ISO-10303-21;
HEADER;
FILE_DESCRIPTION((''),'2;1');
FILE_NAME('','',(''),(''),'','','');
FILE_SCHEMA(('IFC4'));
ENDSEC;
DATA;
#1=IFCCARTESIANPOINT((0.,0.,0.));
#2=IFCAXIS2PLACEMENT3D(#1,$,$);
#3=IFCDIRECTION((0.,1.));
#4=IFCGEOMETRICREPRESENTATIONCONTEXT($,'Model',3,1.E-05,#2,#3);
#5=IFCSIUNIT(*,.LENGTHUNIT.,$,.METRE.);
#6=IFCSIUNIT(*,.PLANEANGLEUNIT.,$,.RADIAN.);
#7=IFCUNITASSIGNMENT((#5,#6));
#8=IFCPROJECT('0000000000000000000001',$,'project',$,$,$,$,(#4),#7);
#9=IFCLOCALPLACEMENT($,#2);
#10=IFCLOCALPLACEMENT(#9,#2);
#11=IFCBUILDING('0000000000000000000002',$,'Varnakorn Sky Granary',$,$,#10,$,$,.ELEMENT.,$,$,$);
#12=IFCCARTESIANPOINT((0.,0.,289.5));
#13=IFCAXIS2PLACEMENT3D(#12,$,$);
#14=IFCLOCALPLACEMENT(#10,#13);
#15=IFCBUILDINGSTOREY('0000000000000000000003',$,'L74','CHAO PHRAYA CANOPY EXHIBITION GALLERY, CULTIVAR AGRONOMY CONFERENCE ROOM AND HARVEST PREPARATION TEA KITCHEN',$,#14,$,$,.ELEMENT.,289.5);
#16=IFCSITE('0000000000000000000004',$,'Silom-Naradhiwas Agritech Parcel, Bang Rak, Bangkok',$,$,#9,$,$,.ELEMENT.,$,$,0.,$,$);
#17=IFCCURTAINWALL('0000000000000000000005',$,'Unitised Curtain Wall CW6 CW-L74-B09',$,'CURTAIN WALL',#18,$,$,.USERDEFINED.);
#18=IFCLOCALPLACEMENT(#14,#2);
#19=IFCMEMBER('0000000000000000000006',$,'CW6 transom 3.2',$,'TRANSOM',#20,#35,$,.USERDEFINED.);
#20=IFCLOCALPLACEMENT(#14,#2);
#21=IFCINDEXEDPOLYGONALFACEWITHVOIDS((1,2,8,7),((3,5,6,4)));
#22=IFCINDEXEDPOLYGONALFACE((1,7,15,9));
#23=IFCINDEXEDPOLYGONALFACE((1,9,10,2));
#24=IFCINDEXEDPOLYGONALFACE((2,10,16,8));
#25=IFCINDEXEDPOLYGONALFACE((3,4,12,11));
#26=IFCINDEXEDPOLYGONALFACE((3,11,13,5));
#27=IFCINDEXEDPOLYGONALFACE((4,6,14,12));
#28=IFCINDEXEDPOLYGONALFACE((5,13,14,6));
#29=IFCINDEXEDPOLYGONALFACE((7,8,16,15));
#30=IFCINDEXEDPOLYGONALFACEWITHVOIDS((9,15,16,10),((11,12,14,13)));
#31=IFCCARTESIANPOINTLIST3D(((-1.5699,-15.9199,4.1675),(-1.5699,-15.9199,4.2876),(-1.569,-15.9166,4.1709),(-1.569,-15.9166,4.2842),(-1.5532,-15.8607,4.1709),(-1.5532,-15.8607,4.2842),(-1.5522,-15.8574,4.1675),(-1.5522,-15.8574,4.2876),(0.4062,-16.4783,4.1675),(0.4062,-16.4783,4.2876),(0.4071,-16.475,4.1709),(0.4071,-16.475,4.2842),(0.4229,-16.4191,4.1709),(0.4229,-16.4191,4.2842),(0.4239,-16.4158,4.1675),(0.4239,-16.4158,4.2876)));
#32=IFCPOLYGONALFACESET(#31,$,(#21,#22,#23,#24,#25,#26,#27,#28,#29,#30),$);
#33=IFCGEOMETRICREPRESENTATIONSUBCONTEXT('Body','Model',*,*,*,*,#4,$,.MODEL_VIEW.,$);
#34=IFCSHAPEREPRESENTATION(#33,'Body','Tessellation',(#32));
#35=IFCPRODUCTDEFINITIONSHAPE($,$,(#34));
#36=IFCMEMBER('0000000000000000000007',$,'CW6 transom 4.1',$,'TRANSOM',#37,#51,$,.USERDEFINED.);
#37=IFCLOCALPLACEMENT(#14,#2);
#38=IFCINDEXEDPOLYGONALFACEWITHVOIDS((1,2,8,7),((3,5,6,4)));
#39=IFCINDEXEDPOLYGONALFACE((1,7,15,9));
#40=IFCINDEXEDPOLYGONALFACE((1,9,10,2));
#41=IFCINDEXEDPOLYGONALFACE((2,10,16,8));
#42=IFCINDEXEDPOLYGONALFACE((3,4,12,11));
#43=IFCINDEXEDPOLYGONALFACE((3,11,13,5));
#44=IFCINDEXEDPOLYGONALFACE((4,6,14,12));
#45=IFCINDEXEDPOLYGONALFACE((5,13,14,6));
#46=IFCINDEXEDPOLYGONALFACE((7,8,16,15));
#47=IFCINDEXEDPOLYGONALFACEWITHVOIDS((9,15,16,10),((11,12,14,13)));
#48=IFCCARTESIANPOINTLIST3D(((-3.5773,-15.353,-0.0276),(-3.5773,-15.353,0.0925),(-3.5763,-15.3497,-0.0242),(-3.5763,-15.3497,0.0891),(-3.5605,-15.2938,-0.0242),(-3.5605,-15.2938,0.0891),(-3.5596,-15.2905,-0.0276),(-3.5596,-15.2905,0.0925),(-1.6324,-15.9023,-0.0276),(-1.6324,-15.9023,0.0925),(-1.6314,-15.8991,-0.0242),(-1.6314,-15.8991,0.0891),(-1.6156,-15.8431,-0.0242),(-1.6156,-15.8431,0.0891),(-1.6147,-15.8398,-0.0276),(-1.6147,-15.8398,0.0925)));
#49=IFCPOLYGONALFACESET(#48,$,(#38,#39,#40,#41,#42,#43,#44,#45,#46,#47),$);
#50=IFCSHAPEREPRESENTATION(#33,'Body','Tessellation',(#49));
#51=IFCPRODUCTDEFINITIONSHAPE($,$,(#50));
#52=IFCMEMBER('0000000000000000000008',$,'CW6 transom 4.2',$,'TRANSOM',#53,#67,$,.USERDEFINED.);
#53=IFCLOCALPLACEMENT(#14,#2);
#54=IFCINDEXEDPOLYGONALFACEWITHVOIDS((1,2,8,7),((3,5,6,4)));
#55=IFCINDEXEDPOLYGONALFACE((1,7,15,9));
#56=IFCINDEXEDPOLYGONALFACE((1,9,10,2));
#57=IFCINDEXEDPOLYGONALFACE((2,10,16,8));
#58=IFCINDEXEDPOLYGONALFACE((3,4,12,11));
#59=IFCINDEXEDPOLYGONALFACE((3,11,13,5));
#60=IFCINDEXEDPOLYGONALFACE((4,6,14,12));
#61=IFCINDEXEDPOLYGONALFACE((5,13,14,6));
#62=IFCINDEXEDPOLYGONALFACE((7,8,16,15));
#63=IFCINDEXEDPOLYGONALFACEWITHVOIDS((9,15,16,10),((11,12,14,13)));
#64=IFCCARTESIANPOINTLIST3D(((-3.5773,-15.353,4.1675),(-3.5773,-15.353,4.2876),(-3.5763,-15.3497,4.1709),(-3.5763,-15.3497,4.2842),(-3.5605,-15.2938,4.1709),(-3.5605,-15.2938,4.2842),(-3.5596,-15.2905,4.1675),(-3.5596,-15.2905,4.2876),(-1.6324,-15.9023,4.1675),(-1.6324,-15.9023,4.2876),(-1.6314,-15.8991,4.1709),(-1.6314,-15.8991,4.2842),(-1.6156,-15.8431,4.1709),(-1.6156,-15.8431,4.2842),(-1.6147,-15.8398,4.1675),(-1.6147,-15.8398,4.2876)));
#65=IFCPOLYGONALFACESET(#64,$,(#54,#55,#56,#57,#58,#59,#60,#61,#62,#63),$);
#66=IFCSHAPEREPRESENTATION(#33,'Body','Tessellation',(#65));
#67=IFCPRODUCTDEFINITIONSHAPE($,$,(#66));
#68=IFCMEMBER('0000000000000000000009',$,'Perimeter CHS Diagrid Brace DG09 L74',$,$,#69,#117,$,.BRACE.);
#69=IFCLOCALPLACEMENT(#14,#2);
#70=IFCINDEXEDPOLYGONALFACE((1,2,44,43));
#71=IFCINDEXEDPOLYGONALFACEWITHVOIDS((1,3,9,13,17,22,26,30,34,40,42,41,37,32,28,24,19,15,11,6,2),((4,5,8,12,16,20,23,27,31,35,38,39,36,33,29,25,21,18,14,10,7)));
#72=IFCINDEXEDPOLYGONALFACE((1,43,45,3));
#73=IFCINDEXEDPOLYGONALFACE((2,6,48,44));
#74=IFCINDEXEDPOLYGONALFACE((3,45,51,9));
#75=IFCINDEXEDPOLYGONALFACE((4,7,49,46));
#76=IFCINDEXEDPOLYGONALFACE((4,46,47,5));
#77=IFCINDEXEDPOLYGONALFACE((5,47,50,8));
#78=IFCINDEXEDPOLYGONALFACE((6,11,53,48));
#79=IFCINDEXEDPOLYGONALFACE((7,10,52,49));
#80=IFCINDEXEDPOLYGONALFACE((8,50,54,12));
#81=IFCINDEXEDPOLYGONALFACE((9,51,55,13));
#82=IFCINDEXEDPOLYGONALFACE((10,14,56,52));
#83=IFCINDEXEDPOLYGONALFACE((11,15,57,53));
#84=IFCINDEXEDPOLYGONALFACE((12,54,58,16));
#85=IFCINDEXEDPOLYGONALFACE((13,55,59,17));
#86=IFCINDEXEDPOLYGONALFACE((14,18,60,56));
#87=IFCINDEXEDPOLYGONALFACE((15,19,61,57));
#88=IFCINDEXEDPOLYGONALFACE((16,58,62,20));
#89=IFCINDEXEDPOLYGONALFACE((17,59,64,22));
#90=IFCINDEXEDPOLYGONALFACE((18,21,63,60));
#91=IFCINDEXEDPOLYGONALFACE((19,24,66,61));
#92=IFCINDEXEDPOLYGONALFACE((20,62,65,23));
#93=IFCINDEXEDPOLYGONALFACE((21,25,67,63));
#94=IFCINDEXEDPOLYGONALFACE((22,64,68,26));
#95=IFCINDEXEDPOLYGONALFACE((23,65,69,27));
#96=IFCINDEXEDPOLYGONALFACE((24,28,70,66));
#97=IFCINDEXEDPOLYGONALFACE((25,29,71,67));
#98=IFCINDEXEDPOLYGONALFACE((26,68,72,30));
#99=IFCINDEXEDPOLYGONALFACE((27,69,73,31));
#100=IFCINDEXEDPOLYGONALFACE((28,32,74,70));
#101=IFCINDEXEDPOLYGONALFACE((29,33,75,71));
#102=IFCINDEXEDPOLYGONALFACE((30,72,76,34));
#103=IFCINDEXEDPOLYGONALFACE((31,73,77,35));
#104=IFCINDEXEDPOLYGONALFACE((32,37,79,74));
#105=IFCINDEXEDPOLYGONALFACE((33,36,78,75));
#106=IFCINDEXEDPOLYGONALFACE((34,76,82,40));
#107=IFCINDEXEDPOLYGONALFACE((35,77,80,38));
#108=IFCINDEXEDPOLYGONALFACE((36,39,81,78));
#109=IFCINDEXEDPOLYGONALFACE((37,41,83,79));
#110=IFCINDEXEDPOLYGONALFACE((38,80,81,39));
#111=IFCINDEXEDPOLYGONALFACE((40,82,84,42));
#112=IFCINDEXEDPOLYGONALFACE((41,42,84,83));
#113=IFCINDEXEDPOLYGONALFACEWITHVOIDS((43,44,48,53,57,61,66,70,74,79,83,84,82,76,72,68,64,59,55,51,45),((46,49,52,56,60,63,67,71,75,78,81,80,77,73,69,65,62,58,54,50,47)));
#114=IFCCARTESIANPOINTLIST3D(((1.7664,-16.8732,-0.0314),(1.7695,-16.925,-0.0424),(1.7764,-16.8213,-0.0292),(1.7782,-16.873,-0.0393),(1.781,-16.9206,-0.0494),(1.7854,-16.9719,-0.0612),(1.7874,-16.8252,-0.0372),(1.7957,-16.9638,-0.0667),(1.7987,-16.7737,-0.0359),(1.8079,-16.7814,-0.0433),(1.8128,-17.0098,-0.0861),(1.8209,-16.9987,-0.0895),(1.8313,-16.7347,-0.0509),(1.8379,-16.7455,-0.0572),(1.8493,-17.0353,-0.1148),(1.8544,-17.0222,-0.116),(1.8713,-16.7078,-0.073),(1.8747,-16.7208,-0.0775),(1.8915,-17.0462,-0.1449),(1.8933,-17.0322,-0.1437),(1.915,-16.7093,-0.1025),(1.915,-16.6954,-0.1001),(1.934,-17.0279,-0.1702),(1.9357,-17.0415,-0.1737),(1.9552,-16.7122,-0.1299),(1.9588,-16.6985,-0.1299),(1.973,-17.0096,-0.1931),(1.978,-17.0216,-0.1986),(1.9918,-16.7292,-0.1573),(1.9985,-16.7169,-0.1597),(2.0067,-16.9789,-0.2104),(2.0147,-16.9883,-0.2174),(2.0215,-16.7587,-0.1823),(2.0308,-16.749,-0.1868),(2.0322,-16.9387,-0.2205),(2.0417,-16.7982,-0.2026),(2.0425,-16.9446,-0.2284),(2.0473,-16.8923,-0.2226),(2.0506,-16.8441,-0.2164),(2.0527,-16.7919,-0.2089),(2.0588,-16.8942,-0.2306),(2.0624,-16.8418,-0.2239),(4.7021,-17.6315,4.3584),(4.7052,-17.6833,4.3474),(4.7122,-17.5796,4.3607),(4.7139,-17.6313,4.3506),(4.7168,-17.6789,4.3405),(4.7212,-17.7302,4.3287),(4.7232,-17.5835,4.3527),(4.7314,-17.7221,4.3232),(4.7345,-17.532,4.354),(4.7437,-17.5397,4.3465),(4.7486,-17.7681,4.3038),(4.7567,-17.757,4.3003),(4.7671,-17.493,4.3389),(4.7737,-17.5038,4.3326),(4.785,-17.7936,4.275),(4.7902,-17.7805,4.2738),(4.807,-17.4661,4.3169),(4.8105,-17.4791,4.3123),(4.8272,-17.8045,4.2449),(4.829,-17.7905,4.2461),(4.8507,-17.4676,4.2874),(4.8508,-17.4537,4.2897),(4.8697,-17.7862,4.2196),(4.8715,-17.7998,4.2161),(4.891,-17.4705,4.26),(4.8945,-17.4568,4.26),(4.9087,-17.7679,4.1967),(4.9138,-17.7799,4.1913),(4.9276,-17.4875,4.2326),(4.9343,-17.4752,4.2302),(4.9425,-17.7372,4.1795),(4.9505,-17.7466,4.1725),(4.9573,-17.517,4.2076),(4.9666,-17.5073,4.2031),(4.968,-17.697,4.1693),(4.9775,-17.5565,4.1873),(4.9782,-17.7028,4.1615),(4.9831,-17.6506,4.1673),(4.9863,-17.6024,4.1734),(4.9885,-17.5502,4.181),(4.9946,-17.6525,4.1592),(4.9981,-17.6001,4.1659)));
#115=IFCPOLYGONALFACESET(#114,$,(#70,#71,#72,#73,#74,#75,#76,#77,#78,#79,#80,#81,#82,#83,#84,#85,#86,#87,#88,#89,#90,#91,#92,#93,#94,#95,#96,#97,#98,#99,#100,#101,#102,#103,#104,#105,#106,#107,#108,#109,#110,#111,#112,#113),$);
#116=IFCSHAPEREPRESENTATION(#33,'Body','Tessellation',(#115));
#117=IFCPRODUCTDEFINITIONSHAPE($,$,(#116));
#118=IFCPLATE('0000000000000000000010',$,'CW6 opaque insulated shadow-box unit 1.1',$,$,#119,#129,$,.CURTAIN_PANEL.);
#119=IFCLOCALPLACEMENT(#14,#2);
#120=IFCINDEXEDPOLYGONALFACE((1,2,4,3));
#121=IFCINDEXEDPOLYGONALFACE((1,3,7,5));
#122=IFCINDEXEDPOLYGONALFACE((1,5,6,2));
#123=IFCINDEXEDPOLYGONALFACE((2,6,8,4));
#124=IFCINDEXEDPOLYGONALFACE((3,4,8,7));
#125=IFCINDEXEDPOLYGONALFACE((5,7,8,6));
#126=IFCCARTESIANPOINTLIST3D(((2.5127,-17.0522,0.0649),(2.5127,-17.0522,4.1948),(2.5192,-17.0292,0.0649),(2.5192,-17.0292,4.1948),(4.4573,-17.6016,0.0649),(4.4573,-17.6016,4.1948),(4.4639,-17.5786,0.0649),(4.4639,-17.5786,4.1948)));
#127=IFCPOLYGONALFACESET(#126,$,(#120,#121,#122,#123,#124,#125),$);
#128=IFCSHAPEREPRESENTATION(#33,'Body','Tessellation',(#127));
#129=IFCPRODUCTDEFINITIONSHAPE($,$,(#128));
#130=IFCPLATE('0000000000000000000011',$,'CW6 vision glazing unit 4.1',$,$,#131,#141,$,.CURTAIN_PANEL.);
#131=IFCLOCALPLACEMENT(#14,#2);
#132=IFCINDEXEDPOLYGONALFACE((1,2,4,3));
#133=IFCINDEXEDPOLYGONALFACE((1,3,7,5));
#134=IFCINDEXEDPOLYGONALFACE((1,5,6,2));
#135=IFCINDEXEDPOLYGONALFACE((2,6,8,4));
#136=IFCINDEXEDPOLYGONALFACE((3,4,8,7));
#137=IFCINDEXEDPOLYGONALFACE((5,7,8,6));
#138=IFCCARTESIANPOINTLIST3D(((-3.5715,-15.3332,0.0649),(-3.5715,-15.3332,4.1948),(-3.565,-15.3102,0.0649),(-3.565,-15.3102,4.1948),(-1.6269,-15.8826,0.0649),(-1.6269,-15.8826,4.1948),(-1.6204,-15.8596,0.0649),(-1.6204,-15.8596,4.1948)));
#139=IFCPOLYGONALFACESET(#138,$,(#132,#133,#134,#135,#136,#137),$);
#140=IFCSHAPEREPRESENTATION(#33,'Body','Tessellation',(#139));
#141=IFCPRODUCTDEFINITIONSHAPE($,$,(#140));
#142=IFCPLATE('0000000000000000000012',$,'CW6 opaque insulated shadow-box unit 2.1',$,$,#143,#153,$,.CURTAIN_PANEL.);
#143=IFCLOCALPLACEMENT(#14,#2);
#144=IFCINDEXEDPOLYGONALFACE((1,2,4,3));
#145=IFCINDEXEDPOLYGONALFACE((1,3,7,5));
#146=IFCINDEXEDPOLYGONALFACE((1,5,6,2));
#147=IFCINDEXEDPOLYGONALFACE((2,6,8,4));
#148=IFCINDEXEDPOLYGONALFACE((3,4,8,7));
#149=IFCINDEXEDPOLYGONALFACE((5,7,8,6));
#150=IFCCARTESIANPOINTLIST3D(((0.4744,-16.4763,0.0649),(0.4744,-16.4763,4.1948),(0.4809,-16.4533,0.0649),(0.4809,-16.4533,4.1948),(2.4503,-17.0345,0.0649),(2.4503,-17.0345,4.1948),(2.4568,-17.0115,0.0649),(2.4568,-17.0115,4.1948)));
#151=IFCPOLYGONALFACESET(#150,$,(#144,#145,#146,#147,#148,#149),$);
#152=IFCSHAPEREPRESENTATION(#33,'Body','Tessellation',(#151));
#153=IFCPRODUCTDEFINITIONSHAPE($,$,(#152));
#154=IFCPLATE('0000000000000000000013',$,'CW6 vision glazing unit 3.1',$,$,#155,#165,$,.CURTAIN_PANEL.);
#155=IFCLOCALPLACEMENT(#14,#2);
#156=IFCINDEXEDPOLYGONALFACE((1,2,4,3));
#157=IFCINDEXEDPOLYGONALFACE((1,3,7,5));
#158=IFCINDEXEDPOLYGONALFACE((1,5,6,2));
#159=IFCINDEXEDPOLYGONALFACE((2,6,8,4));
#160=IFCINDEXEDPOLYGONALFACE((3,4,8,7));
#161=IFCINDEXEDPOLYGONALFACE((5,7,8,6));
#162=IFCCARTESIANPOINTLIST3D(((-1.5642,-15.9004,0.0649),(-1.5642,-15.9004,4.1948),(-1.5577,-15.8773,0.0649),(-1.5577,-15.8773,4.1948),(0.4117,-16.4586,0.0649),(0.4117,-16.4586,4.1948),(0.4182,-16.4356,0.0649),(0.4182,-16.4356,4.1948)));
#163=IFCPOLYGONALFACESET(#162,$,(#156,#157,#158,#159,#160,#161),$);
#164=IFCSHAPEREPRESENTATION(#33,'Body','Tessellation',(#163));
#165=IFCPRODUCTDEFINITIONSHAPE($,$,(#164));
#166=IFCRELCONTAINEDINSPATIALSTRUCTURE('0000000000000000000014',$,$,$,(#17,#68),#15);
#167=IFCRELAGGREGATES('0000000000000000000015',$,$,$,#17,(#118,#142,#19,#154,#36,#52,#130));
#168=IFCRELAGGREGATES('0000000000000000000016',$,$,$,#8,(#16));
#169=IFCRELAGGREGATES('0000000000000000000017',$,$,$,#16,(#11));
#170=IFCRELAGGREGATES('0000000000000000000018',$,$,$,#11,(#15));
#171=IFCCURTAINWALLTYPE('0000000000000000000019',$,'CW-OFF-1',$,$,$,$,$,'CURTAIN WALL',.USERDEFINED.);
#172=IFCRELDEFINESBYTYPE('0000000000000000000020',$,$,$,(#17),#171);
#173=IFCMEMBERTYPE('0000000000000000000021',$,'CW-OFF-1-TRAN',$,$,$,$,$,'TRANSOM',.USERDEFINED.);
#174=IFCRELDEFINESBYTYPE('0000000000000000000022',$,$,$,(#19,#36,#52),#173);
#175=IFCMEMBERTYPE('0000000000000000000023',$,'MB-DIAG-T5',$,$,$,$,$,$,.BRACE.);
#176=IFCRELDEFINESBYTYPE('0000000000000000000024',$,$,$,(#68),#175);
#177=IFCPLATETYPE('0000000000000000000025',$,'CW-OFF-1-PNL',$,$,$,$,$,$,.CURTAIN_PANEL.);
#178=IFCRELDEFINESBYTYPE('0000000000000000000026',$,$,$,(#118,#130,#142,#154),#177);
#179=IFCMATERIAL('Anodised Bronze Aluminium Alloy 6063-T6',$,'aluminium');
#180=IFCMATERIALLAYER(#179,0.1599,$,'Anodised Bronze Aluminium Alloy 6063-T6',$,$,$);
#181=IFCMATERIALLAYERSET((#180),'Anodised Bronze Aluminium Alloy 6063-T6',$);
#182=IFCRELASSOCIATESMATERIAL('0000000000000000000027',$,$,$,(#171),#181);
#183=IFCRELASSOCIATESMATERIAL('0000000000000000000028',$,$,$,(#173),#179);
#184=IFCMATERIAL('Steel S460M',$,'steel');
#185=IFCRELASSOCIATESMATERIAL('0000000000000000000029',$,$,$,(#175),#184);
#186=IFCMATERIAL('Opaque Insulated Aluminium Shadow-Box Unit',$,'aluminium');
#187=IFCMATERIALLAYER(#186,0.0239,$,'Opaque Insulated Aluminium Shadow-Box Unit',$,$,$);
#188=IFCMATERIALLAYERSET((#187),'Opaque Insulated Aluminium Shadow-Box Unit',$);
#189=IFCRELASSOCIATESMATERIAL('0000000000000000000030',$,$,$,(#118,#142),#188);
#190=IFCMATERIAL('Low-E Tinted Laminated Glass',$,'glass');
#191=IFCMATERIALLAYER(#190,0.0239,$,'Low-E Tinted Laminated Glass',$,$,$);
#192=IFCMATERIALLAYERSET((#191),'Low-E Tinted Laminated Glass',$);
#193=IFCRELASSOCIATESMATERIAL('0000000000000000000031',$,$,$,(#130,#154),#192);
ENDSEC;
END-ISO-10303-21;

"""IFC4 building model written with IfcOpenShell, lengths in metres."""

from ifc_helpers import new_model, si_unit, direction, frame, origin, origin_2d, place, context, subcontext, project, spatial, rectangle, hollow_rectangle, hollow_circle, extrude, source, transform, mapped, material, layer, layer_set, material_profile, profile_set, type_object, type_shapes, element, aggregate, save


model = new_model("IFC4")

# Units and contexts
model_context = context("Model", 3, precision=1e-05, world=origin(), true_north=direction((0.0, 1.0)))
body_context = subcontext(model_context, "Body", "Model", "MODEL_VIEW")
ifc_project = project(units=[si_unit("LENGTHUNIT", "METRE"), si_unit("PLANEANGLEUNIT", "RADIAN")], contexts=[model_context])

# Site, building, storey
site_placement = place(None, origin())
site = spatial("IfcSite", under=ifc_project, at=site_placement, Name="Silom-Naradhiwas Agritech Parcel, Bang Rak, Bangkok", CompositionType="ELEMENT", RefElevation=0.0)
building_placement = place(site_placement, origin())
building = spatial("IfcBuilding", under=site, at=building_placement, Name="Varnakorn Sky Granary", CompositionType="ELEMENT")
storey_placement = place(building_placement, frame((0.0, 0.0, 289.5)))
storey = spatial("IfcBuildingStorey", under=building, at=storey_placement, Name="L74", Description="CHAO PHRAYA CANOPY EXHIBITION GALLERY, CULTIVAR AGRONOMY CONFERENCE ROOM AND HARVEST PREPARATION TEA KITCHEN", CompositionType="ELEMENT", Elevation=289.5)

# Shared definitions
ifc_material_1 = material(Name="Steel S460M", Category="steel")

# Shared definitions
ifc_material_2 = material(Name="Anodised Bronze Aluminium Alloy 6063-T6", Category="aluminium")
ifc_layer_1 = layer(ifc_material_2, 0.1599, Name="Anodised Bronze Aluminium Alloy 6063-T6")
ifc_layer_set_1 = layer_set([ifc_layer_1], Name="Anodised Bronze Aluminium Alloy 6063-T6")
curtain_wall_type = type_object("IfcCurtainWallType", Name="CW-OFF-1", ElementType="CURTAIN WALL", PredefinedType="USERDEFINED", material=ifc_layer_set_1)

# Curtain wall
curtain_wall_1_placement = place(storey_placement, origin())
curtain_wall_1 = element("IfcCurtainWall", 1, at=curtain_wall_1_placement, inside=storey, type_object=curtain_wall_type, Name="Unitised Curtain Wall CW6 CW-L74-B09", ObjectType="CURTAIN WALL", PredefinedType="USERDEFINED")

# Members
ifc_material_profile_1 = material_profile(ifc_material_2, hollow_rectangle(XDim=0.0649, YDim=0.1201, WallThickness=0.0034, at=origin_2d()), Name="ALU TRAN 65x120")
ifc_profile_set_1 = profile_set([ifc_material_profile_1], Name="Anodised Bronze Aluminium Alloy 6063-T6")
member_type_1 = type_object("IfcMemberType", Name="CW-OFF-1-TRAN", ElementType="TRANSOM", PredefinedType="USERDEFINED", material=ifc_profile_set_1)
member_1_placement = place(storey_placement, frame((0.415, -16.447, 4.2275), z_axis=(-0.962323, 0.271909, 0.0), x_axis=(-0.271909, -0.962323, 0.0)))
member_1 = element("IfcMember", 2, at=member_1_placement, type_object=member_type_1, Name="CW6 transom 3.2", ObjectType="TRANSOM", PredefinedType="USERDEFINED", context=body_context, shape_type="SweptSolid", body=[
    extrude(hollow_rectangle(XDim=0.0649, YDim=0.1201, WallThickness=0.0034, at=origin_2d()), origin(), (0.0, 0.0, 1.0), 2.0535),
])
member_2_placement = place(storey_placement, frame((-1.6235, -15.8711, 0.0325), z_axis=(-0.962349, 0.271816, 0.0), x_axis=(-0.271816, -0.962349, 0.0)))
member_2 = element("IfcMember", 3, at=member_2_placement, type_object=member_type_1, Name="CW6 transom 4.1", ObjectType="TRANSOM", PredefinedType="USERDEFINED", context=body_context, shape_type="SweptSolid", body=[
    extrude(hollow_rectangle(XDim=0.0649, YDim=0.1201, WallThickness=0.0034, at=origin_2d()), origin(), (0.0, 0.0, 1.0), 2.021),
])
member_3_placement = place(storey_placement, frame((-1.6235, -15.8711, 4.2275), z_axis=(-0.962349, 0.271816, 0.0), x_axis=(-0.271816, -0.962349, 0.0)))
member_3 = element("IfcMember", 4, at=member_3_placement, type_object=member_type_1, Name="CW6 transom 4.2", ObjectType="TRANSOM", PredefinedType="USERDEFINED", context=body_context, shape_type="SweptSolid", body=[
    extrude(hollow_rectangle(XDim=0.0649, YDim=0.1201, WallThickness=0.0034, at=origin_2d()), origin(), (0.0, 0.0, 1.0), 2.021),
])
ifc_material_profile_2 = material_profile(ifc_material_1, hollow_circle(Radius=0.1777, WallThickness=0.0142, at=origin_2d()), Name="CHS 355.6x14")
ifc_profile_set_2 = profile_set([ifc_material_profile_2], Name="Steel S460M")
member_type_2 = type_object("IfcMemberType", Name="MB-DIAG-T5", PredefinedType="BRACE", material=ifc_profile_set_2)
member_4_placement = place(storey_placement, frame((1.9143, -16.8706, -0.1299), z_axis=(0.550262, -0.14213, 0.822807), x_axis=(0.250087, 0.968223, 0.0)))
element("IfcMember", 5, at=member_4_placement, inside=storey, type_object=member_type_2, Name="Perimeter CHS Diagrid Brace DG09 L74", PredefinedType="BRACE", context=body_context, shape_type="SweptSolid", body=[
    extrude(hollow_circle(Radius=0.1777, WallThickness=0.0142, at=origin_2d()), origin(), (0.0, 0.0, 1.0), 5.3352),
])

# Plates
ifc_material_3 = material(Name="Opaque Insulated Aluminium Shadow-Box Unit", Category="aluminium")
ifc_layer_2 = layer(ifc_material_3, 0.0239, Name="Opaque Insulated Aluminium Shadow-Box Unit")
ifc_layer_set_2 = layer_set([ifc_layer_2], Name="Opaque Insulated Aluminium Shadow-Box Unit")
plate_type = type_object("IfcPlateType", Name="CW-OFF-1-PNL", PredefinedType="CURTAIN_PANEL")
shared_shape_1 = source(origin(), body_context, "Body", "SweptSolid", [
    extrude(rectangle(XDim=2.0208, YDim=0.0239, at=origin_2d()), origin(), (0.0, 0.0, 1.0), 4.1299),
])
plate_1_placement = place(storey_placement, frame((3.4883, -17.3154, 0.0649), z_axis=(0.0, 0.0, 1.0), x_axis=(-0.962332, 0.271878, 0.0)))
plate_1 = element("IfcPlate", 6, at=plate_1_placement, type_object=plate_type, material=ifc_layer_set_2, Name="CW6 opaque insulated shadow-box unit 1.1", PredefinedType="CURTAIN_PANEL", context=body_context, shape_type="MappedRepresentation", body=[
    mapped(shared_shape_1, transform((0.0, 0.0, 0.0), x_axis=(1.0, 0.0, 0.0), y_axis=(0.0, 1.0, 0.0), z_axis=(0.0, 0.0, 1.0), scale=1.0)),
])
ifc_material_4 = material(Name="Low-E Tinted Laminated Glass", Category="glass")
ifc_layer_3 = layer(ifc_material_4, 0.0239, Name="Low-E Tinted Laminated Glass")
ifc_layer_set_3 = layer_set([ifc_layer_3], Name="Low-E Tinted Laminated Glass")
plate_2_placement = place(storey_placement, frame((-2.5959, -15.5964, 0.0649), z_axis=(0.0, 0.0, 1.0), x_axis=(-0.962332, 0.271878, 0.0)))
plate_2 = element("IfcPlate", 7, at=plate_2_placement, type_object=plate_type, material=ifc_layer_set_3, Name="CW6 vision glazing unit 4.1", PredefinedType="CURTAIN_PANEL", context=body_context, shape_type="MappedRepresentation", body=[
    mapped(shared_shape_1, transform((0.0, 0.0, 0.0), x_axis=(1.0, 0.0, 0.0), y_axis=(0.0, 1.0, 0.0), z_axis=(0.0, 0.0, 1.0), scale=1.0)),
])
shared_shape_2 = source(origin(), body_context, "Body", "SweptSolid", [
    extrude(rectangle(XDim=2.0532, YDim=0.0239, at=origin_2d()), origin(), (0.0, 0.0, 1.0), 4.1299),
])
type_shapes(plate_type, [shared_shape_1, shared_shape_2])
plate_3_placement = place(storey_placement, frame((1.4656, -16.7439, 0.0649), z_axis=(0.0, 0.0, 1.0), x_axis=(-0.962332, 0.271878, 0.0)))
plate_3 = element("IfcPlate", 8, at=plate_3_placement, type_object=plate_type, material=ifc_layer_set_2, Name="CW6 opaque insulated shadow-box unit 2.1", PredefinedType="CURTAIN_PANEL", context=body_context, shape_type="MappedRepresentation", body=[
    mapped(shared_shape_2, transform((0.0, 0.0, 0.0), x_axis=(1.0, 0.0, 0.0), y_axis=(0.0, 1.0, 0.0), z_axis=(0.0, 0.0, 1.0), scale=1.0)),
])
plate_4_placement = place(storey_placement, frame((-0.573, -16.168, 0.0649), z_axis=(0.0, 0.0, 1.0), x_axis=(-0.962332, 0.271878, 0.0)))
plate_4 = element("IfcPlate", 9, at=plate_4_placement, type_object=plate_type, material=ifc_layer_set_3, Name="CW6 vision glazing unit 3.1", PredefinedType="CURTAIN_PANEL", context=body_context, shape_type="MappedRepresentation", body=[
    mapped(shared_shape_2, transform((0.0, 0.0, 0.0), x_axis=(1.0, 0.0, 0.0), y_axis=(0.0, 1.0, 0.0), z_axis=(0.0, 0.0, 1.0), scale=1.0)),
])
aggregate(curtain_wall_1, [plate_1, plate_3, member_1, plate_4, member_2, member_3, plate_2])

save(model, "model.ifc")
